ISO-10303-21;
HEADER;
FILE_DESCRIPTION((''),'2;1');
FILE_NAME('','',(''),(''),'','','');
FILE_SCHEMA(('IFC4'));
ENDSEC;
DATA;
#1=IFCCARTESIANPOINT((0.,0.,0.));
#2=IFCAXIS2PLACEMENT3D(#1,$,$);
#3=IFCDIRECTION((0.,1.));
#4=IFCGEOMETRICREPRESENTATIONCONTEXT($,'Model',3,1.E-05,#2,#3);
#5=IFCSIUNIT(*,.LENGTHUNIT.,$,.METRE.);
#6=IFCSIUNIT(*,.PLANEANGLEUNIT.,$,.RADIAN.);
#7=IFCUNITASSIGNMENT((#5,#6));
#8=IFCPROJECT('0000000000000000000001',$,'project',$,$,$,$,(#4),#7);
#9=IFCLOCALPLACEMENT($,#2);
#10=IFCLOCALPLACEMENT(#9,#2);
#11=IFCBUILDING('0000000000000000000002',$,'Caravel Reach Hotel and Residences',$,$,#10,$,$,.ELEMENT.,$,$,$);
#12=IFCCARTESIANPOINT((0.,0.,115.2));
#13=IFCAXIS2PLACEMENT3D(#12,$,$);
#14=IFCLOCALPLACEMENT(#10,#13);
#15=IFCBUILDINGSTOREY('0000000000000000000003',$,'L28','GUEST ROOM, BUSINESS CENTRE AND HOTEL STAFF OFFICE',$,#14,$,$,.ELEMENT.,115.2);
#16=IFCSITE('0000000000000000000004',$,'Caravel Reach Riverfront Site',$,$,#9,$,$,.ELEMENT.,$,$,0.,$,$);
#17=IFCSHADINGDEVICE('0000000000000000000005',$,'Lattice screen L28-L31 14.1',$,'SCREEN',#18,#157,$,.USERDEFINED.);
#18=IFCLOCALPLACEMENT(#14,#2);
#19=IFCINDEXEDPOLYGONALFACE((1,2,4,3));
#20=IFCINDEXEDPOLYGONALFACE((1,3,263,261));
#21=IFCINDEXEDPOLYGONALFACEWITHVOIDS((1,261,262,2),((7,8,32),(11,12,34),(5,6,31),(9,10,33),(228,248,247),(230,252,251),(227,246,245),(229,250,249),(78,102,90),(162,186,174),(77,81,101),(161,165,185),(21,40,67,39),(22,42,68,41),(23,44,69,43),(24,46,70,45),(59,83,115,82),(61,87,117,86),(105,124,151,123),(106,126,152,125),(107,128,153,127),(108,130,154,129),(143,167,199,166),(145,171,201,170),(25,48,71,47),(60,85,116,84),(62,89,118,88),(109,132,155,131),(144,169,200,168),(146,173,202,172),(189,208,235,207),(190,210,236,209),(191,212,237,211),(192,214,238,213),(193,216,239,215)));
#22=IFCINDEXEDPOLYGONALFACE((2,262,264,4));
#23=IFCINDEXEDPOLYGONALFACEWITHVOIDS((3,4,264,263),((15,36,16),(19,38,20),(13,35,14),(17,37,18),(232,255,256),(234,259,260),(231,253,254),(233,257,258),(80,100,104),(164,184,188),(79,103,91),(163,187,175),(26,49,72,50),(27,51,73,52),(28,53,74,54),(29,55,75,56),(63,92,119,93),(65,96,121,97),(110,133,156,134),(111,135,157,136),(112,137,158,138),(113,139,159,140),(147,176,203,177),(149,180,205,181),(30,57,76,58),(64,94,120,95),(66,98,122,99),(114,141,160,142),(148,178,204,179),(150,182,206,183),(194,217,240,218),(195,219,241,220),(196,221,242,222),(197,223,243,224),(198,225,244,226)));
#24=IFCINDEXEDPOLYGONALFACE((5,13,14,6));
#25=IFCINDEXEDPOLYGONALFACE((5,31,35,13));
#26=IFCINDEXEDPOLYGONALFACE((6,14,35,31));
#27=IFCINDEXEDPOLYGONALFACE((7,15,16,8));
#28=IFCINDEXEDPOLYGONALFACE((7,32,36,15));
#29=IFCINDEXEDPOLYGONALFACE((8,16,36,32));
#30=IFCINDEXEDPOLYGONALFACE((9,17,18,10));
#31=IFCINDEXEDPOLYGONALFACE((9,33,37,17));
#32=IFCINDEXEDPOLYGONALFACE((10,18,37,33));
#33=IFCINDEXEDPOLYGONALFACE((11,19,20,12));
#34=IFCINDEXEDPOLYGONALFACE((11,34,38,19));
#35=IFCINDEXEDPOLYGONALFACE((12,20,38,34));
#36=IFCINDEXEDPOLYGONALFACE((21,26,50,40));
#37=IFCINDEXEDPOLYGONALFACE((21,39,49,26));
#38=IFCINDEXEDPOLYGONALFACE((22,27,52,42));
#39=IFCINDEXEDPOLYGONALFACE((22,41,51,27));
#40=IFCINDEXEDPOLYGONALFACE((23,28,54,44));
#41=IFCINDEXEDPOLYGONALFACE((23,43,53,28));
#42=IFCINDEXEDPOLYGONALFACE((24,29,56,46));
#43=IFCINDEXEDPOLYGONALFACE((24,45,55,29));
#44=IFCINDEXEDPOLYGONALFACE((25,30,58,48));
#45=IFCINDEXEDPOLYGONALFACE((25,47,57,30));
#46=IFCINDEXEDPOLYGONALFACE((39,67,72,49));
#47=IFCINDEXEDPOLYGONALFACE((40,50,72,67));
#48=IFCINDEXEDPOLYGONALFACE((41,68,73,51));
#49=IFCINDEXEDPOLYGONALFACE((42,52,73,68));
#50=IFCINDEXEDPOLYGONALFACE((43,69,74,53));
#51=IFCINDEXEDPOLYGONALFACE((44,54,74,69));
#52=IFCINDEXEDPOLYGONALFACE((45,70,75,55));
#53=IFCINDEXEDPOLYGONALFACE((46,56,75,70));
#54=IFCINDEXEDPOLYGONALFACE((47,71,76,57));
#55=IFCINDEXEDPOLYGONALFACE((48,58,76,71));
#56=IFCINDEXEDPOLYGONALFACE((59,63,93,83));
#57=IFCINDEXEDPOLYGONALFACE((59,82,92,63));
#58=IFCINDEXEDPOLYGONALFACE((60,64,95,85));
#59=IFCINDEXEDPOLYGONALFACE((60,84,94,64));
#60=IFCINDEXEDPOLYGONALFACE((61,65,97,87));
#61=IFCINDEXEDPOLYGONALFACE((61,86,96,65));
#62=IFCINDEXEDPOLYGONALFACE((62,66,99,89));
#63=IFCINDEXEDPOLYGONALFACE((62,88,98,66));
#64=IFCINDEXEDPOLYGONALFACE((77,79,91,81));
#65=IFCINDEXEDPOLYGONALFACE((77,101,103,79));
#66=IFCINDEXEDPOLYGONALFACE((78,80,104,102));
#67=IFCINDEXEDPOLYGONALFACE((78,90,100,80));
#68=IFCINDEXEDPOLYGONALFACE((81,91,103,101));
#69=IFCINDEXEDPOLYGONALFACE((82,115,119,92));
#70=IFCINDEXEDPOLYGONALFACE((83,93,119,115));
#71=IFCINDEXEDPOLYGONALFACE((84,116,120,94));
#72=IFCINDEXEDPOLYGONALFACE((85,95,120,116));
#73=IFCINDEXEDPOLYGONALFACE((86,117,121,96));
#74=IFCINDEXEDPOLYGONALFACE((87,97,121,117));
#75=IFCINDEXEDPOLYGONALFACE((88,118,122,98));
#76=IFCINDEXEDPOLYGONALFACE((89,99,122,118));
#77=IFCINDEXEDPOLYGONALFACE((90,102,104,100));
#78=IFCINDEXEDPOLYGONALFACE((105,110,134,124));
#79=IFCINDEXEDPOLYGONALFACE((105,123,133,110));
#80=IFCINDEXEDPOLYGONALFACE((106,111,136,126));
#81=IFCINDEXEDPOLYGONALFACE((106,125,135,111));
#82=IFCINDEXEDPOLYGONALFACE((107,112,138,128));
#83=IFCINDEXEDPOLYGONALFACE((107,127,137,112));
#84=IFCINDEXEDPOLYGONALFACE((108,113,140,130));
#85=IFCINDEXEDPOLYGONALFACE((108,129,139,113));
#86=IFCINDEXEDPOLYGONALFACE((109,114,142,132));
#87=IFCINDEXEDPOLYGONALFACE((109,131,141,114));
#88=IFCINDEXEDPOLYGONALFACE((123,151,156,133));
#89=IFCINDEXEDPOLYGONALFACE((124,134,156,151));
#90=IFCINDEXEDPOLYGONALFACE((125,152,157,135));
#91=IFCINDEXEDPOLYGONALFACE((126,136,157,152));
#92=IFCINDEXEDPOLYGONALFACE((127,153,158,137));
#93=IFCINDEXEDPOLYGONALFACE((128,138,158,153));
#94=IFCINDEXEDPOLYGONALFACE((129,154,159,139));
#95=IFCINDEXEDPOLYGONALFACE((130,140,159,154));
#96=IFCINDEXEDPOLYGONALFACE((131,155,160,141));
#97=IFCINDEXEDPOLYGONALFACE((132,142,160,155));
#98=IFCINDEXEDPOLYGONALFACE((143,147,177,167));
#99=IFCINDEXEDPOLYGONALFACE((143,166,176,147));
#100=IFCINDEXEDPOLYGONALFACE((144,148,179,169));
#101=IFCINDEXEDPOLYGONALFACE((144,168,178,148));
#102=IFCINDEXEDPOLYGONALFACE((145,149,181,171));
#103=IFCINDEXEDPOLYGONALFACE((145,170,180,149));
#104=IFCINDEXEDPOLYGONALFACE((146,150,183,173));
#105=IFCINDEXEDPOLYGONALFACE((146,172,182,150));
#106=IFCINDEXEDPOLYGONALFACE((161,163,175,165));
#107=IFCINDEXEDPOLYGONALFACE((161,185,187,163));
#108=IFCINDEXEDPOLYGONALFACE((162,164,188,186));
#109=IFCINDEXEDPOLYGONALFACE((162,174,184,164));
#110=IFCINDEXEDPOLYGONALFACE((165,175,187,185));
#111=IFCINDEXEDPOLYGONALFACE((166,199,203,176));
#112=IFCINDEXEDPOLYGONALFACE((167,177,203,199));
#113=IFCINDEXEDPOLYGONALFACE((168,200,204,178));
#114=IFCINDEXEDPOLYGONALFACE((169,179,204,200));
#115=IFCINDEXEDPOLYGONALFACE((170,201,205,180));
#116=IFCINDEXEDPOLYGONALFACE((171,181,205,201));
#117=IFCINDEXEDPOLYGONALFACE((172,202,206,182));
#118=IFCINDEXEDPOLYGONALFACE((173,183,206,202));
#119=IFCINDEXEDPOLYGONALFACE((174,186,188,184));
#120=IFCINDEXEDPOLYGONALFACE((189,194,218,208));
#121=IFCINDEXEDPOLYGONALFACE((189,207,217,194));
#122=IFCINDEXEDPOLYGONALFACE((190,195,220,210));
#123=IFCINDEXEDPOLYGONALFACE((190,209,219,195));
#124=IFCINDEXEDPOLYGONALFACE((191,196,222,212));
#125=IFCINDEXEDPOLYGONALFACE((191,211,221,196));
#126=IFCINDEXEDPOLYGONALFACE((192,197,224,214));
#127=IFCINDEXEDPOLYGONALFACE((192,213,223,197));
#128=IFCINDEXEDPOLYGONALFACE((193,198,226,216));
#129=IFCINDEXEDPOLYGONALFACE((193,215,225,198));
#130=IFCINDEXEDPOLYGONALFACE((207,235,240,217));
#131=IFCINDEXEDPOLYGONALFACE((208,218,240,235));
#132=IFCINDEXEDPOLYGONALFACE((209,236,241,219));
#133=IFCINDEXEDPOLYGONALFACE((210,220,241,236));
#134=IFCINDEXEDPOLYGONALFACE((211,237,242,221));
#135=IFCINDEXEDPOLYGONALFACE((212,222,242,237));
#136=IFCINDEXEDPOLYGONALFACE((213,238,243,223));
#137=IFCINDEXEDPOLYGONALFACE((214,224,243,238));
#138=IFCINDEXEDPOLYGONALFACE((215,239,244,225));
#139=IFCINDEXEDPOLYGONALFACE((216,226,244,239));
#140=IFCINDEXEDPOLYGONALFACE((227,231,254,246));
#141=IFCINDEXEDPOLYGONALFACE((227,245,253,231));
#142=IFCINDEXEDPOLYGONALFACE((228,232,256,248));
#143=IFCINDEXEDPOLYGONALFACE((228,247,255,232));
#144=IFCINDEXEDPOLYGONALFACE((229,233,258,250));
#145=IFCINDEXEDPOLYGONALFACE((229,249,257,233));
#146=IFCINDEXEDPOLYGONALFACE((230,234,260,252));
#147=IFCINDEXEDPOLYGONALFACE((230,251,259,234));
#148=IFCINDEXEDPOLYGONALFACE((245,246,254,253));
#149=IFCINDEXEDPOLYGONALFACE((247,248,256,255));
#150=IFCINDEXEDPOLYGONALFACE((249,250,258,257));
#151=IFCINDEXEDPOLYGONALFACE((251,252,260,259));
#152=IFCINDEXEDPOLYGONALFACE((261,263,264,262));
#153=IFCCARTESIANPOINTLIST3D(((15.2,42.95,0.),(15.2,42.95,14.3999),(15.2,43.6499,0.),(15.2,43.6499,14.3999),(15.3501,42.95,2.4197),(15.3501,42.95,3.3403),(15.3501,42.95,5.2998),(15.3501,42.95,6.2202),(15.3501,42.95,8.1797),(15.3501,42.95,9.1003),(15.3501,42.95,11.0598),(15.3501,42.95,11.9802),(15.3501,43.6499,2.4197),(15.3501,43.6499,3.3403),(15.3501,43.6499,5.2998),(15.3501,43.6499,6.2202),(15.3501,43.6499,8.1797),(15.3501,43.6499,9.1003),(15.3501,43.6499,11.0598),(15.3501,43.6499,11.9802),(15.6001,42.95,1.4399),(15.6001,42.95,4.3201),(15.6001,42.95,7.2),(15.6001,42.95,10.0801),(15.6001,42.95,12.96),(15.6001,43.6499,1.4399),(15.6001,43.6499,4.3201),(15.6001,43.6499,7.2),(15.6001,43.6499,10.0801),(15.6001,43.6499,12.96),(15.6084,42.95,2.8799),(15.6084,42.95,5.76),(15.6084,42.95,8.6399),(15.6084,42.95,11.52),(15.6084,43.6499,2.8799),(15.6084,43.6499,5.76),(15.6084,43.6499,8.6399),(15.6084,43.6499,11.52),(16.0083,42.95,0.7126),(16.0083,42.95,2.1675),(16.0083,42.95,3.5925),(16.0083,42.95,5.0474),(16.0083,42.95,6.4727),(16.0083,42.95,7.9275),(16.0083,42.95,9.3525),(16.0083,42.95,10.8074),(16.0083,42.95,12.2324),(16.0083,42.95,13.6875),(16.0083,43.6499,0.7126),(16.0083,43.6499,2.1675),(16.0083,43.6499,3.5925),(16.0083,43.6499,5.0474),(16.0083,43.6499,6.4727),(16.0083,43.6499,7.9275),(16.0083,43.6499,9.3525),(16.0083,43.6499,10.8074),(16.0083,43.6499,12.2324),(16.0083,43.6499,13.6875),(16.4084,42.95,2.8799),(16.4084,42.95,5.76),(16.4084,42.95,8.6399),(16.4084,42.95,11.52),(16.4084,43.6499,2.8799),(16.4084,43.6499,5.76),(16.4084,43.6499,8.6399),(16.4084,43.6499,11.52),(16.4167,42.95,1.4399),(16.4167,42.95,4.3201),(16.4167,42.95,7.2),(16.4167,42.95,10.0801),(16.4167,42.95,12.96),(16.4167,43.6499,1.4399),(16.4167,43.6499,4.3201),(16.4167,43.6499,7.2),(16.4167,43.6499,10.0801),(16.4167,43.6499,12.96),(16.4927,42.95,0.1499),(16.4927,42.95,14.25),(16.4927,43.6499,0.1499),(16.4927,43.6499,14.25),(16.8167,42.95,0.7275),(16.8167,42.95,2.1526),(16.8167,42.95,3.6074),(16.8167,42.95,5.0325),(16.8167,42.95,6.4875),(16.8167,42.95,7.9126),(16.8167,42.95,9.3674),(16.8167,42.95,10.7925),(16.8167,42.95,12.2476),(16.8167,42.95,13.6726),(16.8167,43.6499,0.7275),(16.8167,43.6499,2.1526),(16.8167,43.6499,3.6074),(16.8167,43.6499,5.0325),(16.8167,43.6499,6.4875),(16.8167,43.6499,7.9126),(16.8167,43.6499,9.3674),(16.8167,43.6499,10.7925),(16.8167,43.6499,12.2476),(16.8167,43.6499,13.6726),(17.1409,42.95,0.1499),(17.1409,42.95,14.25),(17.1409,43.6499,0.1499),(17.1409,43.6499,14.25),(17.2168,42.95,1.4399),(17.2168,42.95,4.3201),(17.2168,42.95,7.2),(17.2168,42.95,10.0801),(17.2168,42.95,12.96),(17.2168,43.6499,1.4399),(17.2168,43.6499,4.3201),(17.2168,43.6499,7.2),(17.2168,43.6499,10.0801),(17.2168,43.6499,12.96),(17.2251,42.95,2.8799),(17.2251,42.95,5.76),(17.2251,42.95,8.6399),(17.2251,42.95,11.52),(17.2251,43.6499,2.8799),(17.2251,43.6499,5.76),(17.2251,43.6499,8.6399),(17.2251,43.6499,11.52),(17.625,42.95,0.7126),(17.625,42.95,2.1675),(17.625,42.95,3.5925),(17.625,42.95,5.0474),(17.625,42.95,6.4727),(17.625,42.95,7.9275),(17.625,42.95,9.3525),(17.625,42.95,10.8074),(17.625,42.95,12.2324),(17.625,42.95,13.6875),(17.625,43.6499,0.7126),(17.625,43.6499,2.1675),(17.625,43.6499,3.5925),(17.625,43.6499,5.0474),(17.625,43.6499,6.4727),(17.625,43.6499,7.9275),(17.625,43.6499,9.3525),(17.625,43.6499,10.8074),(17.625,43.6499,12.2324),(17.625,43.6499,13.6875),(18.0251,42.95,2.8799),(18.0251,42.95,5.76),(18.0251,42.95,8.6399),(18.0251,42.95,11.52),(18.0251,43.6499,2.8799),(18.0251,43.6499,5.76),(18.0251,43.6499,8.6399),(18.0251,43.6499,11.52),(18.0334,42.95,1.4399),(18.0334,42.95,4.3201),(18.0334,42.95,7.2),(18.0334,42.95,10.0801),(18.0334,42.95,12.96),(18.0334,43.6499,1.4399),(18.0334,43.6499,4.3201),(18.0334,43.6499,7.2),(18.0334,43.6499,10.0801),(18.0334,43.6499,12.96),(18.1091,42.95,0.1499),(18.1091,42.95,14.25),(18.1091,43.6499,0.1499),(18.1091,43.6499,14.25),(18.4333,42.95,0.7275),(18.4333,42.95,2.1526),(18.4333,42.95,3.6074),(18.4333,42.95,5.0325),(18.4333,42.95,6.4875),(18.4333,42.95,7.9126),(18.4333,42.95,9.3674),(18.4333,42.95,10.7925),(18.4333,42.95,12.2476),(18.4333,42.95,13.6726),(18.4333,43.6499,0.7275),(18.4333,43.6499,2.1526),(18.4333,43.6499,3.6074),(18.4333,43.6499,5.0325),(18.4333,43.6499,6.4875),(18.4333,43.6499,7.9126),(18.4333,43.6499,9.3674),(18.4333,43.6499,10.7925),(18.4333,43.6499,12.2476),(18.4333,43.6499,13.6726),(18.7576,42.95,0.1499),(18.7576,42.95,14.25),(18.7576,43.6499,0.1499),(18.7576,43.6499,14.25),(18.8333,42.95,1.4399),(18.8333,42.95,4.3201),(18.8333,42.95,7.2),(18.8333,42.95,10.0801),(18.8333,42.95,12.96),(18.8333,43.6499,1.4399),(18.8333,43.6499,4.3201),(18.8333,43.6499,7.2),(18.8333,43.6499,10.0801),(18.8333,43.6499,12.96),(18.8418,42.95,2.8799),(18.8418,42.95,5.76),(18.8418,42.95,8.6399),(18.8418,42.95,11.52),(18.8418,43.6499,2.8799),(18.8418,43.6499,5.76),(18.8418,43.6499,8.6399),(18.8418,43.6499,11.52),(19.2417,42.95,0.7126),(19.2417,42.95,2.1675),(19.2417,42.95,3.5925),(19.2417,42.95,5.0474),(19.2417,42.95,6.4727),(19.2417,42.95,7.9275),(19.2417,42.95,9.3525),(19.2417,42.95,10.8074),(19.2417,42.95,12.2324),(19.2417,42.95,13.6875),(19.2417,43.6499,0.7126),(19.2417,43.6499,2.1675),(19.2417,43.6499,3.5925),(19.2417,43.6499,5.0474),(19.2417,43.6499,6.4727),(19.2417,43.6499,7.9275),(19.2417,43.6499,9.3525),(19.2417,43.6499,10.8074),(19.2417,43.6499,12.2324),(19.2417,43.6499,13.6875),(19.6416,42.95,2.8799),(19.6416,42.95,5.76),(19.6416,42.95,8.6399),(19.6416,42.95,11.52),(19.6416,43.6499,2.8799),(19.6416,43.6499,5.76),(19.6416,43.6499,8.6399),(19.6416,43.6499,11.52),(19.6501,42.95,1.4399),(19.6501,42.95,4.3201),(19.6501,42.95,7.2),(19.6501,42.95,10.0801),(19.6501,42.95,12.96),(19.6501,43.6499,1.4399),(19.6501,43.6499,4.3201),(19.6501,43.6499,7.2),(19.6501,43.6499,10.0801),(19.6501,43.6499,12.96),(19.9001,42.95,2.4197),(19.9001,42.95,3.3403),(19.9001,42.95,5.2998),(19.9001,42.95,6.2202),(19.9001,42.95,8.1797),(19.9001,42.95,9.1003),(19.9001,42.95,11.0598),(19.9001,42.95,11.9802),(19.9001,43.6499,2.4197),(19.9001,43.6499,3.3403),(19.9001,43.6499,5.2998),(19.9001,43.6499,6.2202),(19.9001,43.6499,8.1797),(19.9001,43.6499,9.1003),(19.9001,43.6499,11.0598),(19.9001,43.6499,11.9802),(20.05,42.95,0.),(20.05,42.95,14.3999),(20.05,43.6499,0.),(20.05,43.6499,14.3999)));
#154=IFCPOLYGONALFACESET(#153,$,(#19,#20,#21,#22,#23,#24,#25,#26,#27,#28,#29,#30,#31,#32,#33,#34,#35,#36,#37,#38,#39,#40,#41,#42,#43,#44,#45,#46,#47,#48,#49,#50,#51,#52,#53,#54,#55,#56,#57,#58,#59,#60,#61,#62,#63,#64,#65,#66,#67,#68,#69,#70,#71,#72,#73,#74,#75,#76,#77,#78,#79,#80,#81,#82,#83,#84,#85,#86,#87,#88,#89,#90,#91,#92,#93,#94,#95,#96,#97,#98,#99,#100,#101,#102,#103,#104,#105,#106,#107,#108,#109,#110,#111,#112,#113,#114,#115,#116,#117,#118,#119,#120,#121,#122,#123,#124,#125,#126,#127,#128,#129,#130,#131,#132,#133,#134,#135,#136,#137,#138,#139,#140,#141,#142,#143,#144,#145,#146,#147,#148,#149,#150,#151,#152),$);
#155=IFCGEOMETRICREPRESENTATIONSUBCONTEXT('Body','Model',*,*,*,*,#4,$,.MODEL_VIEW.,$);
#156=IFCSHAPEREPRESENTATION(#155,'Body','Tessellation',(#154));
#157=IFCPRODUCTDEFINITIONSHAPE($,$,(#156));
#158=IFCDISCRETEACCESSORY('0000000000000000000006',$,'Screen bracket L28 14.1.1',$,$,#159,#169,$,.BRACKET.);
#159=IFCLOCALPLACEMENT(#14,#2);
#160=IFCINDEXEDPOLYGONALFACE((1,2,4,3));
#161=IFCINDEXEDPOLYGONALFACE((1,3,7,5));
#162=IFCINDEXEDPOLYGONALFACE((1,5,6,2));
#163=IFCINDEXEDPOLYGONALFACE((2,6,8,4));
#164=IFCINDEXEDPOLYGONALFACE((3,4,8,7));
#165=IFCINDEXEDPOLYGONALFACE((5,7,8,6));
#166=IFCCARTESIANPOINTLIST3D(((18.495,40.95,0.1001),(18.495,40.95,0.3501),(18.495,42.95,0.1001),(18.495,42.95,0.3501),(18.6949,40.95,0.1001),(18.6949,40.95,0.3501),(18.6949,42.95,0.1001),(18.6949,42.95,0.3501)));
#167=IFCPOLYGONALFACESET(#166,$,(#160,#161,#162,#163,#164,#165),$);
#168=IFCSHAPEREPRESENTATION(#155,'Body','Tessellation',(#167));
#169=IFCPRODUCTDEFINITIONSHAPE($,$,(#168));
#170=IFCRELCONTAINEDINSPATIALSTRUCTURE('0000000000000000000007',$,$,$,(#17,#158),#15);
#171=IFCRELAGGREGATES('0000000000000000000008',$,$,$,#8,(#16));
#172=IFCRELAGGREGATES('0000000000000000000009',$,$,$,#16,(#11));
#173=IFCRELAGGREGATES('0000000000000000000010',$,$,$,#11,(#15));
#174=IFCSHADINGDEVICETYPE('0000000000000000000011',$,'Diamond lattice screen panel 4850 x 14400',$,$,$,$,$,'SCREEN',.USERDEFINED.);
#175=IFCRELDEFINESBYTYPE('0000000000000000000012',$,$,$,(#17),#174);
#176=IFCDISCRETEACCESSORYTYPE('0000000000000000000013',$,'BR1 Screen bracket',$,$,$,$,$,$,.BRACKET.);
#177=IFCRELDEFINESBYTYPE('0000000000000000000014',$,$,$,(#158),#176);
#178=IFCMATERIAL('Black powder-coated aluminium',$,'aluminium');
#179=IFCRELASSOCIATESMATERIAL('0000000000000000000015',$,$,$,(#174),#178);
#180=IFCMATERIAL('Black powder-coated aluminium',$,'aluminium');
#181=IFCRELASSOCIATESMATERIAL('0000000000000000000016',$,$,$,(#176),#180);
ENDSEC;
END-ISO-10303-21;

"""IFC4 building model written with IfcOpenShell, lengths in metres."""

from ifc_helpers import new_model, si_unit, direction, frame, origin, origin_2d, place, context, subcontext, project, spatial, polyline, rectangle, outline, extrude, material, type_object, element, save


model = new_model("IFC4")

# Units and contexts
model_context = context("Model", 3, precision=1e-05, world=origin(), true_north=direction((0.0, 1.0)))
body_context = subcontext(model_context, "Body", "Model", "MODEL_VIEW")
ifc_project = project(units=[si_unit("LENGTHUNIT", "METRE"), si_unit("PLANEANGLEUNIT", "RADIAN")], contexts=[model_context])

# Site, building, storey
site_placement = place(None, origin())
site = spatial("IfcSite", under=ifc_project, at=site_placement, Name="Caravel Reach Riverfront Site", CompositionType="ELEMENT", RefElevation=0.0)
building_placement = place(site_placement, origin())
building = spatial("IfcBuilding", under=site, at=building_placement, Name="Caravel Reach Hotel and Residences", CompositionType="ELEMENT")
storey_placement = place(building_placement, frame((0.0, 0.0, 115.2)))
storey = spatial("IfcBuildingStorey", under=building, at=storey_placement, Name="L28", Description="GUEST ROOM, BUSINESS CENTRE AND HOTEL STAFF OFFICE", CompositionType="ELEMENT", Elevation=115.2)

# Shading device
ifc_material_1 = material(Name="Black powder-coated aluminium", Category="aluminium")
shading_device_type = type_object("IfcShadingDeviceType", Name="Diamond lattice screen panel 4850 x 14400", ElementType="SCREEN", PredefinedType="USERDEFINED", material=ifc_material_1)
shading_device_placement = place(storey_placement, frame((20.05, 42.95, 0.0), z_axis=(0.0, 1.0, 0.0), x_axis=(-1.0, 0.0, 0.0)))
element("IfcShadingDevice", 1, at=shading_device_placement, inside=storey, type_object=shading_device_type, Name="Lattice screen L28-L31 14.1", ObjectType="SCREEN", PredefinedType="USERDEFINED", context=body_context, shape_type="SweptSolid", body=[
    extrude(outline(polyline([(0.0, 0.0), (4.8501, 0.0), (4.8501, 14.3999), (0.0, 14.3999), (0.0, 0.0)]), holes=[polyline([(0.4084, 2.8799), (0.1499, 3.3403), (0.1499, 2.4197), (0.4084, 2.8799)]), polyline([(0.4084, 5.76), (0.1499, 6.2202), (0.1499, 5.2998), (0.4084, 5.76)]), polyline([(0.4084, 8.6399), (0.1499, 9.1003), (0.1499, 8.1797), (0.4084, 8.6399)]), polyline([(0.4084, 11.52), (0.1499, 11.9802), (0.1499, 11.0598), (0.4084, 11.52)]), polyline([(0.8083, 2.1675), (0.3999, 1.4399), (0.8083, 0.7126), (1.2168, 1.4399), (0.8083, 2.1675)]), polyline([(0.8083, 5.0474), (0.3999, 4.3201), (0.8083, 3.5925), (1.2168, 4.3201), (0.8083, 5.0474)]), polyline([(0.8083, 7.9275), (0.3999, 7.2), (0.8083, 6.4727), (1.2168, 7.2), (0.8083, 7.9275)]), polyline([(0.8083, 10.8074), (0.3999, 10.0801), (0.8083, 9.3525), (1.2168, 10.0801), (0.8083, 10.8074)]), polyline([(0.8083, 13.6875), (0.3999, 12.96), (0.8083, 12.2324), (1.2168, 12.96), (0.8083, 13.6875)]), polyline([(1.6167, 0.7275), (1.2925, 0.1499), (1.9409, 0.1499), (1.6167, 0.7275)]), polyline([(1.6167, 3.6074), (1.2083, 2.8799), (1.6167, 2.1526), (2.0249, 2.8799), (1.6167, 3.6074)]), polyline([(1.6167, 6.4875), (1.2083, 5.76), (1.6167, 5.0325), (2.0249, 5.76), (1.6167, 6.4875)]), polyline([(1.6167, 9.3674), (1.2083, 8.6399), (1.6167, 7.9126), (2.0249, 8.6399), (1.6167, 9.3674)]), polyline([(1.6167, 12.2476), (1.2083, 11.52), (1.6167, 10.7925), (2.0249, 11.52), (1.6167, 12.2476)]), polyline([(1.6167, 13.6726), (1.9409, 14.25), (1.2925, 14.25), (1.6167, 13.6726)]), polyline([(2.425, 2.1675), (2.0166, 1.4399), (2.425, 0.7126), (2.8333, 1.4399), (2.425, 2.1675)]), polyline([(2.425, 5.0474), (2.0166, 4.3201), (2.425, 3.5925), (2.8333, 4.3201), (2.425, 5.0474)]), polyline([(2.425, 7.9275), (2.0166, 7.2), (2.425, 6.4727), (2.8333, 7.2), (2.425, 7.9275)]), polyline([(2.425, 10.8074), (2.0166, 10.0801), (2.425, 9.3525), (2.8333, 10.0801), (2.425, 10.8074)]), polyline([(2.425, 13.6875), (2.0166, 12.96), (2.425, 12.2324), (2.8333, 12.96), (2.425, 13.6875)]), polyline([(3.2334, 0.7275), (2.9092, 0.1499), (3.5574, 0.1499), (3.2334, 0.7275)]), polyline([(3.2334, 3.6074), (2.825, 2.8799), (3.2334, 2.1526), (3.6416, 2.8799), (3.2334, 3.6074)]), polyline([(3.2334, 6.4875), (2.825, 5.76), (3.2334, 5.0325), (3.6416, 5.76), (3.2334, 6.4875)]), polyline([(3.2334, 9.3674), (2.825, 8.6399), (3.2334, 7.9126), (3.6416, 8.6399), (3.2334, 9.3674)]), polyline([(3.2334, 12.2476), (2.825, 11.52), (3.2334, 10.7925), (3.6416, 11.52), (3.2334, 12.2476)]), polyline([(3.2334, 13.6726), (3.5574, 14.25), (2.9092, 14.25), (3.2334, 13.6726)]), polyline([(4.0417, 2.1675), (3.6333, 1.4399), (4.0417, 0.7126), (4.45, 1.4399), (4.0417, 2.1675)]), polyline([(4.0417, 5.0474), (3.6333, 4.3201), (4.0417, 3.5925), (4.45, 4.3201), (4.0417, 5.0474)]), polyline([(4.0417, 7.9275), (3.6333, 7.2), (4.0417, 6.4727), (4.45, 7.2), (4.0417, 7.9275)]), polyline([(4.0417, 10.8074), (3.6333, 10.0801), (4.0417, 9.3525), (4.45, 10.0801), (4.0417, 10.8074)]), polyline([(4.0417, 13.6875), (3.6333, 12.96), (4.0417, 12.2324), (4.45, 12.96), (4.0417, 13.6875)]), polyline([(4.4417, 2.8799), (4.7, 2.4197), (4.7, 3.3403), (4.4417, 2.8799)]), polyline([(4.4417, 5.76), (4.7, 5.2998), (4.7, 6.2202), (4.4417, 5.76)]), polyline([(4.4417, 8.6399), (4.7, 8.1797), (4.7, 9.1003), (4.4417, 8.6399)]), polyline([(4.4417, 11.52), (4.7, 11.0598), (4.7, 11.9802), (4.4417, 11.52)])]), origin(), (0.0, 0.0, 1.0), 0.7),
])

# Discrete accessory
ifc_material_2 = material(Name="Black powder-coated aluminium", Category="aluminium")
discrete_accessory_type = type_object("IfcDiscreteAccessoryType", Name="BR1 Screen bracket", PredefinedType="BRACKET", material=ifc_material_2)
discrete_accessory_placement = place(storey_placement, frame((18.595, 41.95, 0.1001), z_axis=(0.0, 0.0, 1.0), x_axis=(0.0, 1.0, 0.0)))
element("IfcDiscreteAccessory", 2, at=discrete_accessory_placement, inside=storey, type_object=discrete_accessory_type, Name="Screen bracket L28 14.1.1", PredefinedType="BRACKET", context=body_context, shape_type="SweptSolid", body=[
    extrude(rectangle(XDim=2.0, YDim=0.2, at=origin_2d()), origin(), (0.0, 0.0, 1.0), 0.25),
])

save(model, "model.ifc")
